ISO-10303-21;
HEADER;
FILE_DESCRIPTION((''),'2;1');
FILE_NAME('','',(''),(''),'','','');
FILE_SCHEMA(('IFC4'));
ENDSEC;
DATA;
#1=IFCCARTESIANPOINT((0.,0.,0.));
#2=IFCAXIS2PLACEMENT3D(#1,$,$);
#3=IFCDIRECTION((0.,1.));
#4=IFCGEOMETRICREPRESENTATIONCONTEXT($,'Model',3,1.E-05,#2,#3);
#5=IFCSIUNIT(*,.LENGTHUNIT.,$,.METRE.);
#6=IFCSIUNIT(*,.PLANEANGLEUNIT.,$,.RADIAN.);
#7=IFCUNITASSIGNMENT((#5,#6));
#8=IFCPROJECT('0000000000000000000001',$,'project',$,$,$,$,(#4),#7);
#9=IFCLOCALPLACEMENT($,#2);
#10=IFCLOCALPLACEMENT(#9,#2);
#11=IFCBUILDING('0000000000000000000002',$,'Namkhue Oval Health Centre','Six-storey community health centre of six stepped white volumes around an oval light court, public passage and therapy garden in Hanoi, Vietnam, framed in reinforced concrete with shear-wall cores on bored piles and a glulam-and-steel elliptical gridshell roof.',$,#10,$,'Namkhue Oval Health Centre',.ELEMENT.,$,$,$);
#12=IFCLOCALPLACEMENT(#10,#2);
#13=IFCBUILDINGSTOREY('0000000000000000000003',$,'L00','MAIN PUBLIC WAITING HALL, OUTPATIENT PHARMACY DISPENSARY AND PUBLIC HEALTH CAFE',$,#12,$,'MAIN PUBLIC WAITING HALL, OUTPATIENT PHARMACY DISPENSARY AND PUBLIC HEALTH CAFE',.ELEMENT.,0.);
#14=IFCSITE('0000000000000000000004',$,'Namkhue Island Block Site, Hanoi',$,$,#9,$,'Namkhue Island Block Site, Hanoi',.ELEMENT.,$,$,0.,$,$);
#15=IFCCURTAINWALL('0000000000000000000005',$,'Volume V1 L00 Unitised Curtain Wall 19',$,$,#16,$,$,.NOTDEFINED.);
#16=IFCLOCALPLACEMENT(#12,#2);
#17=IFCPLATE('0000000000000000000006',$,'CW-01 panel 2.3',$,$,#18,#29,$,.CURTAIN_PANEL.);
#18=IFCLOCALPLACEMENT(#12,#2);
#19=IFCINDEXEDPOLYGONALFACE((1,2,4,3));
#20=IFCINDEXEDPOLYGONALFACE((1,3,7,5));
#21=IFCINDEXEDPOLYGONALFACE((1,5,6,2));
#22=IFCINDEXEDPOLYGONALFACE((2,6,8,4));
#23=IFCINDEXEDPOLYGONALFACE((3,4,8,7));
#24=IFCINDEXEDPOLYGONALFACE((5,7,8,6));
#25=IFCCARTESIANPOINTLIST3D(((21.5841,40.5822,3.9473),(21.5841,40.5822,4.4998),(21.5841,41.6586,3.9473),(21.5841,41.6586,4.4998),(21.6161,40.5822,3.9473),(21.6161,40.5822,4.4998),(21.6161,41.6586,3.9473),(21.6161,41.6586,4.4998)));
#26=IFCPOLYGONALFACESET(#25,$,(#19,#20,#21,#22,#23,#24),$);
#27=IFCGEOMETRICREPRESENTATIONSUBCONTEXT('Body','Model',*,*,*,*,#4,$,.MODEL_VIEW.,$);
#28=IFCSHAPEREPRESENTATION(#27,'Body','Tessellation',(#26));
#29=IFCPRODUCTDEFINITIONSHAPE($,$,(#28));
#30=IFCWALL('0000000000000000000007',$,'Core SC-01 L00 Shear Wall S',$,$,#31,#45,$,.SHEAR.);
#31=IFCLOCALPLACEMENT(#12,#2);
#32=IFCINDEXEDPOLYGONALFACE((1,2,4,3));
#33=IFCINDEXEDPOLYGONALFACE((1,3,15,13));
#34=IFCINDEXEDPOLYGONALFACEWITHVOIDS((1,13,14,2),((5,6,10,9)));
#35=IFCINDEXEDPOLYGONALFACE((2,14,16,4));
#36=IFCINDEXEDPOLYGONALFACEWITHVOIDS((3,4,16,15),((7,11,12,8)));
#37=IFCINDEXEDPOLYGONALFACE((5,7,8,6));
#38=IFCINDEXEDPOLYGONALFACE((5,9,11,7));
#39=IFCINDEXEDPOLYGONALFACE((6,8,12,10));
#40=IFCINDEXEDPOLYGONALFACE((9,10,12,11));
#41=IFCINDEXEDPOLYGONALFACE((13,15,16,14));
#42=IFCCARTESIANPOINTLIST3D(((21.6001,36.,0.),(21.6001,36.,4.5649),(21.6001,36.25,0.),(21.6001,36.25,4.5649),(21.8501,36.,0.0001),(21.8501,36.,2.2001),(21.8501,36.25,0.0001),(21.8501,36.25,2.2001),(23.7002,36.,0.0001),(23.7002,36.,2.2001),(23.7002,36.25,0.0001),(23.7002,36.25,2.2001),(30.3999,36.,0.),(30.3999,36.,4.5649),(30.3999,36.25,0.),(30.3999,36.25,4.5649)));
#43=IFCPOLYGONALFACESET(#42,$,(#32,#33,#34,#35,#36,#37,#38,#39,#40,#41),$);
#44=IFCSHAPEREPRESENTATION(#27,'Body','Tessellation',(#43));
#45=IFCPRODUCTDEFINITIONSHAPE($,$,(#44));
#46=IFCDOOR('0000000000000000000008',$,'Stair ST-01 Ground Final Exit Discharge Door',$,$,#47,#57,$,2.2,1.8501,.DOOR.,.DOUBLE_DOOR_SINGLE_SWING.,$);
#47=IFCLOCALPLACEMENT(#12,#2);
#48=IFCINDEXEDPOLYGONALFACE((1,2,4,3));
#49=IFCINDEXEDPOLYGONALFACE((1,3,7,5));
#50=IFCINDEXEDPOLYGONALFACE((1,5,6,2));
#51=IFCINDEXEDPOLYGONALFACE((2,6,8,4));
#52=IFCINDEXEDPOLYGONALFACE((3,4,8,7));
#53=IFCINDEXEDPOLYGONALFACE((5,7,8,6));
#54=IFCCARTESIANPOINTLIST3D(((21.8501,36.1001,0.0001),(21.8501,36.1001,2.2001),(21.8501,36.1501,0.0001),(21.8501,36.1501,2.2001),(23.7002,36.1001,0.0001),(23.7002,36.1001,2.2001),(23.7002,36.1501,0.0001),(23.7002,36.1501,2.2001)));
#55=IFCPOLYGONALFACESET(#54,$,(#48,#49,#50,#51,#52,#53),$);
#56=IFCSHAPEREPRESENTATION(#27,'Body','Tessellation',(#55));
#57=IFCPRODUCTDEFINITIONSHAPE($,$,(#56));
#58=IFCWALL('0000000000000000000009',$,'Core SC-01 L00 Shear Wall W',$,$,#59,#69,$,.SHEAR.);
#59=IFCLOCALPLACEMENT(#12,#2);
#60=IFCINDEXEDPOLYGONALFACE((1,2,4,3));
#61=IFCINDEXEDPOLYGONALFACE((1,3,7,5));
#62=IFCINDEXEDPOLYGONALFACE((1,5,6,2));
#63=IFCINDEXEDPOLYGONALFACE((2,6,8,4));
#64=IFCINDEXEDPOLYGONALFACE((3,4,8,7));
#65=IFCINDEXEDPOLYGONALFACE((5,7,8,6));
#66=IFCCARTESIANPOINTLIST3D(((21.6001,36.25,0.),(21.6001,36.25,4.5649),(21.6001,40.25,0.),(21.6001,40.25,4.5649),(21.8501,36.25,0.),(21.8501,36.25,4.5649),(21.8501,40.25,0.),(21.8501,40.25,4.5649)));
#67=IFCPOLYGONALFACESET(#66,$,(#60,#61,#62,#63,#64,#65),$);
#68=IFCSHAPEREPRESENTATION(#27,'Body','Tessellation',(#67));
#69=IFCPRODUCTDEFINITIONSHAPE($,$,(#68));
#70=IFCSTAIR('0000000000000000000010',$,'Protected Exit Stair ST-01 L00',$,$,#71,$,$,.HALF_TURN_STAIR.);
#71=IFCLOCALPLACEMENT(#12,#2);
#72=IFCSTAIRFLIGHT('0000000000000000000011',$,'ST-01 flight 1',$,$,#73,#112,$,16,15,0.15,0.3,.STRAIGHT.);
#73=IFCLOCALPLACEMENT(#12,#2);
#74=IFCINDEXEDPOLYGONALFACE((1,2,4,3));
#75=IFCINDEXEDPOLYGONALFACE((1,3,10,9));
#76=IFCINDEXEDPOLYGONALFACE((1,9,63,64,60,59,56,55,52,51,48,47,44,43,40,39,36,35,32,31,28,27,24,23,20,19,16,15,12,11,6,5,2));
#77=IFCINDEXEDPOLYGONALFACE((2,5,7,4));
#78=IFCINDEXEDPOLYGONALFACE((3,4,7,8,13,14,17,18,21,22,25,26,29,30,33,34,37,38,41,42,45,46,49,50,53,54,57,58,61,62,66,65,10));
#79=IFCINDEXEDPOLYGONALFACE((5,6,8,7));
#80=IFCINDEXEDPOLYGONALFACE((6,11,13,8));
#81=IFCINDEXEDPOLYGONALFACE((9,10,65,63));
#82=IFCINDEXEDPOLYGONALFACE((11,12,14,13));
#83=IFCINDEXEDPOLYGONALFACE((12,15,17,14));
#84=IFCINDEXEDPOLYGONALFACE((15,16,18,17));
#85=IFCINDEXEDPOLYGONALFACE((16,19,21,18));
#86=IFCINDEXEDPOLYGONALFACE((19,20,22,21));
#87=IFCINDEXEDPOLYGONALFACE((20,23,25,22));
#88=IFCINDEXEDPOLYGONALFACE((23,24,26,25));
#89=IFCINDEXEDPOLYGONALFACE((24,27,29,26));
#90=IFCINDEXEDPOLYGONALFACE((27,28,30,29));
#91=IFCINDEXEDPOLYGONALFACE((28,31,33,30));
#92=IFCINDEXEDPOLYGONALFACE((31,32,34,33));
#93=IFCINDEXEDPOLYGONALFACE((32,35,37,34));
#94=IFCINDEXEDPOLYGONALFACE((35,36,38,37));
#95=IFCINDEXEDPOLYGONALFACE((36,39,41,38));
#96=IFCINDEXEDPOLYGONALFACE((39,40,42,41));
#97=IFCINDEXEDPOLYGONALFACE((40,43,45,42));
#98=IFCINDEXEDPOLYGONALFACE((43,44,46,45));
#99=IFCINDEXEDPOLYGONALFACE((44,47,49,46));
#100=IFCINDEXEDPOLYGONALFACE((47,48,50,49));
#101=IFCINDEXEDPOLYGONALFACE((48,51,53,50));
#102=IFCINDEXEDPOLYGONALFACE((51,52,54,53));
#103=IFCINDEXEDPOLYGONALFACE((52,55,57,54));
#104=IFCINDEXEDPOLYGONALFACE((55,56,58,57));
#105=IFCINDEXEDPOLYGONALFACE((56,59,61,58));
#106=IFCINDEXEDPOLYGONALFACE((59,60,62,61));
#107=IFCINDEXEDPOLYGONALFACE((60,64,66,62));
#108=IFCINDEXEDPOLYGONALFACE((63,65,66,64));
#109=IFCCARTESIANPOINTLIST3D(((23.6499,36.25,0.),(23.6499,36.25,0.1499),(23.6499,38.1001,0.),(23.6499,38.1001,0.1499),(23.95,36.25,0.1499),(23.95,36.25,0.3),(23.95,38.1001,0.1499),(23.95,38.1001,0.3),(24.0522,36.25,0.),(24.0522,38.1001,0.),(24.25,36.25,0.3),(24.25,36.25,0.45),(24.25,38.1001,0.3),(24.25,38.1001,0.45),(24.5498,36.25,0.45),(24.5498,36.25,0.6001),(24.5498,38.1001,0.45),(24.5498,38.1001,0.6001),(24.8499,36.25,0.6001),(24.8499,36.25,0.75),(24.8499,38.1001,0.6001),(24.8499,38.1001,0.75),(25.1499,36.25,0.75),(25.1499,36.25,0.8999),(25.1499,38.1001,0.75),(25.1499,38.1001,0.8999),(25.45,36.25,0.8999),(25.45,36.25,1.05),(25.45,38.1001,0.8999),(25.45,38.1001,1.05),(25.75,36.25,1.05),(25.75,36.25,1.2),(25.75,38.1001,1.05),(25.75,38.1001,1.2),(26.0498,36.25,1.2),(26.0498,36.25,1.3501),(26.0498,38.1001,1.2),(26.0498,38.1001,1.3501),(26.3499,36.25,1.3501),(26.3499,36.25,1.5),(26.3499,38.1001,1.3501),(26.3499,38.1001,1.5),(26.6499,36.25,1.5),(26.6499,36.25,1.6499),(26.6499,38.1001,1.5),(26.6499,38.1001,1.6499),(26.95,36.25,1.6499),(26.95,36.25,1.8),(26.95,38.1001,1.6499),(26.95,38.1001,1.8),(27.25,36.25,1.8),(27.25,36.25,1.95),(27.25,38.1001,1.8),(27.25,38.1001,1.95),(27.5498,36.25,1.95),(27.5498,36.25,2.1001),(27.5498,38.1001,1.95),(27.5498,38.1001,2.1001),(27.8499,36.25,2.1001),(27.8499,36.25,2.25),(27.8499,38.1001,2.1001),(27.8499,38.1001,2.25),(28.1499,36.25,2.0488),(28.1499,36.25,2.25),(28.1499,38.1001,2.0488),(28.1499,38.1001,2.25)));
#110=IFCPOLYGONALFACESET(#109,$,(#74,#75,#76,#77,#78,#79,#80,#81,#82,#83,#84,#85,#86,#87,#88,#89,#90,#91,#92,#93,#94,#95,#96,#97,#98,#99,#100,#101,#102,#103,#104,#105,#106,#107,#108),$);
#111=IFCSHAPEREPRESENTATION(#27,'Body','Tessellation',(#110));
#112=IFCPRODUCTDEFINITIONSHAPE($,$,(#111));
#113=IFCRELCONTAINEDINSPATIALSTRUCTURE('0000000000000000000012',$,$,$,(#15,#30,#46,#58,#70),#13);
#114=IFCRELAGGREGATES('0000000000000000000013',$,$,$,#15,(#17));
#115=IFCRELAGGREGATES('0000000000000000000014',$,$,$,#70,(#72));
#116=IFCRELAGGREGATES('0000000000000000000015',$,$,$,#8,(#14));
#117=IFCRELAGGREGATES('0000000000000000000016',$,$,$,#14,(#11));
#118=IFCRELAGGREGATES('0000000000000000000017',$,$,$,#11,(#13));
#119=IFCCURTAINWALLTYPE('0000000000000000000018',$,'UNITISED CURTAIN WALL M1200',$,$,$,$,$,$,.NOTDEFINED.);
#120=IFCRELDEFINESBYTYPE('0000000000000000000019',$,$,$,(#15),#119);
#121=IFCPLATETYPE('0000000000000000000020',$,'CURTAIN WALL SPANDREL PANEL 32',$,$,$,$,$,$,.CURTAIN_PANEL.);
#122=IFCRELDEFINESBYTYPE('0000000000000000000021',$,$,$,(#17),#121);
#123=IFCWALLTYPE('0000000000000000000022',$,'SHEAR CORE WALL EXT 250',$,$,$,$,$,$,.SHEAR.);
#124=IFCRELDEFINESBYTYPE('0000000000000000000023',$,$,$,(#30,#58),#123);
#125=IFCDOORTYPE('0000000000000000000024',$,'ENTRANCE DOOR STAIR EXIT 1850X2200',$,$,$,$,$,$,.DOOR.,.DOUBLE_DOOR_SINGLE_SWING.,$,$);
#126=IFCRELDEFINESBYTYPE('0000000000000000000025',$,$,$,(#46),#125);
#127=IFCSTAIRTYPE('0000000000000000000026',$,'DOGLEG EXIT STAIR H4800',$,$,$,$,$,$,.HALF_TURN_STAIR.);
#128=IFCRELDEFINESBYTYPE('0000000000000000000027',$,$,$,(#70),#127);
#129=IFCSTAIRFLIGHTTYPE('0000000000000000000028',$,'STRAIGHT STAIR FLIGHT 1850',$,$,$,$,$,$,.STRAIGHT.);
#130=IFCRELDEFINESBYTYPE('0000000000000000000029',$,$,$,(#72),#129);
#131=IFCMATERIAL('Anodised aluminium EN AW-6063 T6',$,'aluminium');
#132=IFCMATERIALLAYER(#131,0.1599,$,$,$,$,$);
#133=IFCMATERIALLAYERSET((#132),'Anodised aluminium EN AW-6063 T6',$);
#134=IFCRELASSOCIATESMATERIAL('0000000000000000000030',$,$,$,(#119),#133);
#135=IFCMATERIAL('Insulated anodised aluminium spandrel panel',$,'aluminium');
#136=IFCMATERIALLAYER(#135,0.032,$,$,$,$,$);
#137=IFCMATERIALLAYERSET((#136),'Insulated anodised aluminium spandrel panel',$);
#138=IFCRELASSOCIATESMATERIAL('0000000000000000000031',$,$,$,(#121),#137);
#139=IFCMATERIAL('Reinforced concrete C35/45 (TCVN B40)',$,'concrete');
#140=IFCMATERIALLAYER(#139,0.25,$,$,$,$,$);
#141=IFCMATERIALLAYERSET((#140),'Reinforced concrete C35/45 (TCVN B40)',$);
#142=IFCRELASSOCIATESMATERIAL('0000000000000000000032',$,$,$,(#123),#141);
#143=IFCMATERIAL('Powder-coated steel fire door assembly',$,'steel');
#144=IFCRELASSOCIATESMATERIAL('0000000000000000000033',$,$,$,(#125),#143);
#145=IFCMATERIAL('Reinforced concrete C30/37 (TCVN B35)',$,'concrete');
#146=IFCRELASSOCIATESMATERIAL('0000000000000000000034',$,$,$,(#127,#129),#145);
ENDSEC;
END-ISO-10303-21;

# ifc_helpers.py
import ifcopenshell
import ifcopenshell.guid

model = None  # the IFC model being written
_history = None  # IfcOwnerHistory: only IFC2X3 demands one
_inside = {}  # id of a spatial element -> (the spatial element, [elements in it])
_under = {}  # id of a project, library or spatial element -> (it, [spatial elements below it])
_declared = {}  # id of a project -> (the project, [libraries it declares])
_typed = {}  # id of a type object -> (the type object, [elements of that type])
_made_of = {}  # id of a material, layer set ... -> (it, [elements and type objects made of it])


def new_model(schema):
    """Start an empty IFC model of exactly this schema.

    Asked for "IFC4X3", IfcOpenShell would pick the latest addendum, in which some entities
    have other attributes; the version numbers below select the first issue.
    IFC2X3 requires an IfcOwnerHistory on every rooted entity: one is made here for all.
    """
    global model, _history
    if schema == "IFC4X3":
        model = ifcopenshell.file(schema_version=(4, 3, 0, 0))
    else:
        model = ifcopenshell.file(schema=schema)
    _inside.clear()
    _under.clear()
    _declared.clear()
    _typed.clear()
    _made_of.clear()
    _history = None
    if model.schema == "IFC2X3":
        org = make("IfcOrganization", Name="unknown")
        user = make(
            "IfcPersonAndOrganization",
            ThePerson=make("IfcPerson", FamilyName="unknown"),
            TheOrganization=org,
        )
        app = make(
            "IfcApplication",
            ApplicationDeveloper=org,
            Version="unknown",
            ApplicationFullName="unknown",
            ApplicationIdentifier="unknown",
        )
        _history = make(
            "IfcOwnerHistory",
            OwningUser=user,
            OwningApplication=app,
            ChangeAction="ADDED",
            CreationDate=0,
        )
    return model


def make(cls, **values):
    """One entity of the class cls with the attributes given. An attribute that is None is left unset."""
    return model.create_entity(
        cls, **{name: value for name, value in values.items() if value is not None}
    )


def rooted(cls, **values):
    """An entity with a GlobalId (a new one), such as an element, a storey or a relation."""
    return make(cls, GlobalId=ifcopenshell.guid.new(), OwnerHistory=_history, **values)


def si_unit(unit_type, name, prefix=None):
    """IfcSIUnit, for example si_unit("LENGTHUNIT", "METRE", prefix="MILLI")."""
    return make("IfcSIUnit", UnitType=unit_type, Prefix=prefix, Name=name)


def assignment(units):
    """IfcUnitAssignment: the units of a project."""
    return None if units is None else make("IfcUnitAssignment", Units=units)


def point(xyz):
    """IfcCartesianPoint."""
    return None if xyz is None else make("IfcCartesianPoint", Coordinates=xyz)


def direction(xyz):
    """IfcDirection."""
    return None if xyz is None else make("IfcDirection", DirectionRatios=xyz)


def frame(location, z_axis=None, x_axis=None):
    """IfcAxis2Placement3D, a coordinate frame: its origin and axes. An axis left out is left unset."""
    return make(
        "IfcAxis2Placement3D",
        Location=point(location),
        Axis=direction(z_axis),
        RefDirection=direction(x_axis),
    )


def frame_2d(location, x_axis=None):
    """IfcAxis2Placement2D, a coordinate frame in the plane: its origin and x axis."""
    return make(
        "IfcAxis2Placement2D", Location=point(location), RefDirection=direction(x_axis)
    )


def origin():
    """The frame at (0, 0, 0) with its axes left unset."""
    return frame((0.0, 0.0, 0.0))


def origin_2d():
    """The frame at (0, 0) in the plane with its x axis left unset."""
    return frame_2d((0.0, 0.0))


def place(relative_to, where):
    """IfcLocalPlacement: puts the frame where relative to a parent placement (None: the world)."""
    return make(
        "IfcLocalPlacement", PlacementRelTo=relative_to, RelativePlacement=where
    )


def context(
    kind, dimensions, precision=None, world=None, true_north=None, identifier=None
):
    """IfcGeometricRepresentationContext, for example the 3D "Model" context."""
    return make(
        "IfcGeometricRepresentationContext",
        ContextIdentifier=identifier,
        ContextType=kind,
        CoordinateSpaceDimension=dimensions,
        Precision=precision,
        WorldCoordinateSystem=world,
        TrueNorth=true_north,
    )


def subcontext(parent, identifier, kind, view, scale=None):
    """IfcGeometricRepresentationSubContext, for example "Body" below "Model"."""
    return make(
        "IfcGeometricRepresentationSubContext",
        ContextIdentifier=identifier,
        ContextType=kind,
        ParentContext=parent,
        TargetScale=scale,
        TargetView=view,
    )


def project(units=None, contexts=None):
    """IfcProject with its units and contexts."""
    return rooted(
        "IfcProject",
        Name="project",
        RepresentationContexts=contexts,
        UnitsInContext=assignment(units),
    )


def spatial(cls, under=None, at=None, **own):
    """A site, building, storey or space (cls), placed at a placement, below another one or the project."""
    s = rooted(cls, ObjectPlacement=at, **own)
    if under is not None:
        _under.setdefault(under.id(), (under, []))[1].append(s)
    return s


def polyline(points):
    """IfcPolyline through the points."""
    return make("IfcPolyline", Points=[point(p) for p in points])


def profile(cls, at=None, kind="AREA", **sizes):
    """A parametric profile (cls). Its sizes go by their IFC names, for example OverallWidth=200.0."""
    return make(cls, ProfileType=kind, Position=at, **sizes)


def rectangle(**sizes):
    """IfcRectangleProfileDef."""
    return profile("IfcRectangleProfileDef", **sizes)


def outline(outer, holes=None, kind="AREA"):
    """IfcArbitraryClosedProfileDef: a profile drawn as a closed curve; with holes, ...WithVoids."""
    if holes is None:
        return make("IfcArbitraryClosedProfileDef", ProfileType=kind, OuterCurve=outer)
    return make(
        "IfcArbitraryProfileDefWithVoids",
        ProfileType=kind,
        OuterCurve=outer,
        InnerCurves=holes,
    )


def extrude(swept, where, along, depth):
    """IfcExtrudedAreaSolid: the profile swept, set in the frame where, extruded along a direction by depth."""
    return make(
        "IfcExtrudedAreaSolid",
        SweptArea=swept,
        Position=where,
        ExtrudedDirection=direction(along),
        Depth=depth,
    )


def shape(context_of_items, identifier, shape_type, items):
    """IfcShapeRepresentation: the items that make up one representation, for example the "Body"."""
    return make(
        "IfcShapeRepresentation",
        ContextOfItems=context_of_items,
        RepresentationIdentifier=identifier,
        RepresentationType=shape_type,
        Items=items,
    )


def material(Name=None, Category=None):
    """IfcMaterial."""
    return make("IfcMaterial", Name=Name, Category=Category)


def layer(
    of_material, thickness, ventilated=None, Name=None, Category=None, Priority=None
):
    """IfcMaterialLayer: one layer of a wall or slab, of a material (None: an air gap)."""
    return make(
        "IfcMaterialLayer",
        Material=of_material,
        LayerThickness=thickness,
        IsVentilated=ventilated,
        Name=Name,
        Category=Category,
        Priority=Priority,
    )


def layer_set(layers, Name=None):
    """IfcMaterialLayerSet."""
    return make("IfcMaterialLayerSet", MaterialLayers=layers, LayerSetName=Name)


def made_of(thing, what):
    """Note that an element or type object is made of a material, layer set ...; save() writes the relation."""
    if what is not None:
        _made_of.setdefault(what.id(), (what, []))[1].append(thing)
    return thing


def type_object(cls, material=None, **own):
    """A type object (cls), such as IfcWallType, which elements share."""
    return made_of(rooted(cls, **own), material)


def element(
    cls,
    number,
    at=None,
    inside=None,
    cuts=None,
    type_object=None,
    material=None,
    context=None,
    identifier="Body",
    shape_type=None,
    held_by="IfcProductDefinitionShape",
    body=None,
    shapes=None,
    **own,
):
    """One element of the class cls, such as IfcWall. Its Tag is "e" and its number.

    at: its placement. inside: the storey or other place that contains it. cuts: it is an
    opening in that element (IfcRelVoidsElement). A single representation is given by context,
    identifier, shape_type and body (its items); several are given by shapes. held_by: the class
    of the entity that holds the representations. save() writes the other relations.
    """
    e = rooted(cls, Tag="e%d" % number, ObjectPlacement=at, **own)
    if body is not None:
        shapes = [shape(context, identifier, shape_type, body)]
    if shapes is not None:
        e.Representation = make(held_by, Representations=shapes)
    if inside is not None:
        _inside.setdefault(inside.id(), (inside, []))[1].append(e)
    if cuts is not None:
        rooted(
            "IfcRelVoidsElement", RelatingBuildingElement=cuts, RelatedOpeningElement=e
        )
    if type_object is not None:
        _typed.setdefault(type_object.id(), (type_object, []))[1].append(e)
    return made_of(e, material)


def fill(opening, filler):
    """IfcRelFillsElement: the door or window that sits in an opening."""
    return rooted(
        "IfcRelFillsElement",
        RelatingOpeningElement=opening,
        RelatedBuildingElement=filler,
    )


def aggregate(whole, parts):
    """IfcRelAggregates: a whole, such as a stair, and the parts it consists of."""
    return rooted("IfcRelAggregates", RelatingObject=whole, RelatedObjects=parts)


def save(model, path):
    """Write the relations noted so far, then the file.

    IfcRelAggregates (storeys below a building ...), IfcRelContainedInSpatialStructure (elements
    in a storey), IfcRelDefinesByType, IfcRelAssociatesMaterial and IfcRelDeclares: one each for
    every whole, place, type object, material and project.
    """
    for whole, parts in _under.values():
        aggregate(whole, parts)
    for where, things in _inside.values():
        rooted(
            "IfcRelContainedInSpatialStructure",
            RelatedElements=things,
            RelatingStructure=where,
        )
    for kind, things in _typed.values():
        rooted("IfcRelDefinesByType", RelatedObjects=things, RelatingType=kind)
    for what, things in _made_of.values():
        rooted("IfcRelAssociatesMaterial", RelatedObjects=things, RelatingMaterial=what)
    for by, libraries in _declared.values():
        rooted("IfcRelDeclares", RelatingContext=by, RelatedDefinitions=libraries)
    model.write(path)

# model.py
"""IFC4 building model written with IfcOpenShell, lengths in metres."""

from ifc_helpers import new_model, si_unit, direction, frame, frame_2d, origin, origin_2d, place, context, subcontext, project, spatial, polyline, rectangle, outline, extrude, material, layer, layer_set, type_object, element, fill, aggregate, save


model = new_model("IFC4")

# Units and contexts
model_context = context("Model", 3, precision=1e-05, world=origin(), true_north=direction((0.0, 1.0)))
body_context = subcontext(model_context, "Body", "Model", "MODEL_VIEW")
ifc_project = project(units=[si_unit("LENGTHUNIT", "METRE"), si_unit("PLANEANGLEUNIT", "RADIAN")], contexts=[model_context])

# Site, building, storey
site_placement = place(None, origin())
site = spatial("IfcSite", under=ifc_project, at=site_placement, Name="Namkhue Island Block Site, Hanoi", LongName="Namkhue Island Block Site, Hanoi", CompositionType="ELEMENT", RefElevation=0.0)
building_placement = place(site_placement, origin())
building = spatial("IfcBuilding", under=site, at=building_placement, Name="Namkhue Oval Health Centre", Description="Six-storey community health centre of six stepped white volumes around an oval light court, public passage and therapy garden in Hanoi, Vietnam, framed in reinforced concrete with shear-wall cores on bored piles and a glulam-and-steel elliptical gridshell roof.", LongName="Namkhue Oval Health Centre", CompositionType="ELEMENT")
storey_placement = place(building_placement, origin())
storey = spatial("IfcBuildingStorey", under=building, at=storey_placement, Name="L00", Description="MAIN PUBLIC WAITING HALL, OUTPATIENT PHARMACY DISPENSARY AND PUBLIC HEALTH CAFE", LongName="MAIN PUBLIC WAITING HALL, OUTPATIENT PHARMACY DISPENSARY AND PUBLIC HEALTH CAFE", CompositionType="ELEMENT", Elevation=0.0)

# Shared definitions
ifc_material_1 = material(Name="Reinforced concrete C30/37 (TCVN B35)", Category="concrete")

# Curtain wall, plate
ifc_material_2 = material(Name="Anodised aluminium EN AW-6063 T6", Category="aluminium")
ifc_layer_1 = layer(ifc_material_2, 0.1599)
ifc_layer_set_1 = layer_set([ifc_layer_1], Name="Anodised aluminium EN AW-6063 T6")
curtain_wall_type = type_object("IfcCurtainWallType", Name="UNITISED CURTAIN WALL M1200", PredefinedType="NOTDEFINED", material=ifc_layer_set_1)
curtain_wall_placement = place(storey_placement, origin())
curtain_wall = element("IfcCurtainWall", 1, at=curtain_wall_placement, inside=storey, type_object=curtain_wall_type, Name="Volume V1 L00 Unitised Curtain Wall 19", PredefinedType="NOTDEFINED")
ifc_material_3 = material(Name="Insulated anodised aluminium spandrel panel", Category="aluminium")
ifc_layer_2 = layer(ifc_material_3, 0.032)
ifc_layer_set_2 = layer_set([ifc_layer_2], Name="Insulated anodised aluminium spandrel panel")
plate_type = type_object("IfcPlateType", Name="CURTAIN WALL SPANDREL PANEL 32", PredefinedType="CURTAIN_PANEL", material=ifc_layer_set_2)
plate_1_placement = place(storey_placement, frame((21.6001, 41.1204, 3.9473), z_axis=(0.0, 0.0, 1.0), x_axis=(0.0, -1.0, 0.0)))
plate_1 = element("IfcPlate", 2, at=plate_1_placement, type_object=plate_type, Name="CW-01 panel 2.3", PredefinedType="CURTAIN_PANEL", context=body_context, shape_type="SweptSolid", body=[
    extrude(rectangle(XDim=1.0764, YDim=0.032, at=origin_2d()), origin(), (0.0, 0.0, 1.0), 0.5525),
])
aggregate(curtain_wall, [plate_1])

# Wall, opening, door
ifc_material_4 = material(Name="Reinforced concrete C35/45 (TCVN B40)", Category="concrete")
ifc_layer_3 = layer(ifc_material_4, 0.25)
ifc_layer_set_3 = layer_set([ifc_layer_3], Name="Reinforced concrete C35/45 (TCVN B40)")
wall_type = type_object("IfcWallType", Name="SHEAR CORE WALL EXT 250", PredefinedType="SHEAR", material=ifc_layer_set_3)
wall_1_placement = place(storey_placement, frame((21.6001, 36.125, 0.0), z_axis=(0.0, 0.0, 1.0), x_axis=(1.0, 0.0, 0.0)))
wall_1 = element("IfcWall", 3, at=wall_1_placement, inside=storey, type_object=wall_type, Name="Core SC-01 L00 Shear Wall S", PredefinedType="SHEAR", context=body_context, shape_type="SweptSolid", body=[
    extrude(rectangle(XDim=8.7998, YDim=0.25, at=frame_2d((4.3999, 0.0))), origin(), (0.0, 0.0, 1.0), 4.5649),
])
opening_placement = place(wall_1_placement, frame((0.25, 0.0, 0.0)))
opening = element("IfcOpeningElement", 4, at=opening_placement, cuts=wall_1, PredefinedType="OPENING", context=body_context, shape_type="SweptSolid", body=[
    extrude(rectangle(XDim=1.8501, YDim=2.2, at=frame_2d((0.925, 1.1001))), frame((0.0, 0.135, 0.0), z_axis=(0.0, -1.0, 0.0), x_axis=(1.0, 0.0, 0.0)), (0.0, 0.0, 1.0), 0.27),
])
ifc_material_5 = material(Name="Powder-coated steel fire door assembly", Category="steel")
door_type = type_object("IfcDoorType", Name="ENTRANCE DOOR STAIR EXIT 1850X2200", OperationType="DOUBLE_DOOR_SINGLE_SWING", PredefinedType="DOOR", material=ifc_material_5)
door_placement = place(opening_placement, frame((1.8501, 0.0, 0.0), z_axis=(0.0, 0.0, 1.0), x_axis=(-1.0, 0.0, 0.0)))
door = element("IfcDoor", 5, at=door_placement, inside=storey, type_object=door_type, Name="Stair ST-01 Ground Final Exit Discharge Door", OperationType="DOUBLE_DOOR_SINGLE_SWING", OverallHeight=2.2, OverallWidth=1.8501, PredefinedType="DOOR", context=body_context, shape_type="SweptSolid", body=[
    extrude(rectangle(XDim=1.8501, YDim=2.2, at=frame_2d((0.925, 1.1001))), frame((0.0, 0.0249, 0.0), z_axis=(0.0, -1.0, 0.0), x_axis=(1.0, 0.0, 0.0)), (0.0, 0.0, 1.0), 0.05),
])
fill(opening, door)

# Wall
wall_2_placement = place(storey_placement, frame((21.7251, 40.25, 0.0), z_axis=(0.0, 0.0, 1.0), x_axis=(0.0, -1.0, 0.0)))
element("IfcWall", 6, at=wall_2_placement, inside=storey, type_object=wall_type, Name="Core SC-01 L00 Shear Wall W", PredefinedType="SHEAR", context=body_context, shape_type="SweptSolid", body=[
    extrude(rectangle(XDim=4.0, YDim=0.25, at=frame_2d((2.0, 0.0))), origin(), (0.0, 0.0, 1.0), 4.5649),
])

# Stair, stair flight
stair_type = type_object("IfcStairType", Name="DOGLEG EXIT STAIR H4800", PredefinedType="HALF_TURN_STAIR", material=ifc_material_1)
stair_placement = place(storey_placement, origin())
stair = element("IfcStair", 7, at=stair_placement, inside=storey, type_object=stair_type, Name="Protected Exit Stair ST-01 L00", PredefinedType="HALF_TURN_STAIR")
stair_flight_type = type_object("IfcStairFlightType", Name="STRAIGHT STAIR FLIGHT 1850", PredefinedType="STRAIGHT", material=ifc_material_1)
stair_flight_placement = place(storey_placement, frame((23.6499, 37.175, 0.0), z_axis=(0.0, 0.0, 1.0), x_axis=(1.0, 0.0, 0.0)))
stair_flight = element("IfcStairFlight", 8, at=stair_flight_placement, type_object=stair_flight_type, Name="ST-01 flight 1", NumberOfRisers=16, NumberOfTreads=15, PredefinedType="STRAIGHT", RiserHeight=0.15, TreadLength=0.3, context=body_context, shape_type="SweptSolid", body=[
    extrude(outline(polyline([(0.0, 0.0), (0.0, 0.1499), (0.3, 0.1499), (0.3, 0.3), (0.6001, 0.3), (0.6001, 0.45), (0.8999, 0.45), (0.8999, 0.6001), (1.2, 0.6001), (1.2, 0.75), (1.5, 0.75), (1.5, 0.8999), (1.8, 0.8999), (1.8, 1.05), (2.1001, 1.05), (2.1001, 1.2), (2.3999, 1.2), (2.3999, 1.3501), (2.7, 1.3501), (2.7, 1.5), (3.0, 1.5), (3.0, 1.6499), (3.3, 1.6499), (3.3, 1.8), (3.6001, 1.8), (3.6001, 1.95), (3.8999, 1.95), (3.8999, 2.1001), (4.2, 2.1001), (4.2, 2.25), (4.5, 2.25), (4.5, 2.3999), (4.5, 2.0488), (0.4023, 0.0), (0.0, 0.0)])), frame((0.0, 0.925, 0.0), z_axis=(0.0, -1.0, 0.0), x_axis=(1.0, 0.0, 0.0)), (0.0, 0.0, 1.0), 1.8501),
])
aggregate(stair, [stair_flight])

save(model, "model.ifc")
